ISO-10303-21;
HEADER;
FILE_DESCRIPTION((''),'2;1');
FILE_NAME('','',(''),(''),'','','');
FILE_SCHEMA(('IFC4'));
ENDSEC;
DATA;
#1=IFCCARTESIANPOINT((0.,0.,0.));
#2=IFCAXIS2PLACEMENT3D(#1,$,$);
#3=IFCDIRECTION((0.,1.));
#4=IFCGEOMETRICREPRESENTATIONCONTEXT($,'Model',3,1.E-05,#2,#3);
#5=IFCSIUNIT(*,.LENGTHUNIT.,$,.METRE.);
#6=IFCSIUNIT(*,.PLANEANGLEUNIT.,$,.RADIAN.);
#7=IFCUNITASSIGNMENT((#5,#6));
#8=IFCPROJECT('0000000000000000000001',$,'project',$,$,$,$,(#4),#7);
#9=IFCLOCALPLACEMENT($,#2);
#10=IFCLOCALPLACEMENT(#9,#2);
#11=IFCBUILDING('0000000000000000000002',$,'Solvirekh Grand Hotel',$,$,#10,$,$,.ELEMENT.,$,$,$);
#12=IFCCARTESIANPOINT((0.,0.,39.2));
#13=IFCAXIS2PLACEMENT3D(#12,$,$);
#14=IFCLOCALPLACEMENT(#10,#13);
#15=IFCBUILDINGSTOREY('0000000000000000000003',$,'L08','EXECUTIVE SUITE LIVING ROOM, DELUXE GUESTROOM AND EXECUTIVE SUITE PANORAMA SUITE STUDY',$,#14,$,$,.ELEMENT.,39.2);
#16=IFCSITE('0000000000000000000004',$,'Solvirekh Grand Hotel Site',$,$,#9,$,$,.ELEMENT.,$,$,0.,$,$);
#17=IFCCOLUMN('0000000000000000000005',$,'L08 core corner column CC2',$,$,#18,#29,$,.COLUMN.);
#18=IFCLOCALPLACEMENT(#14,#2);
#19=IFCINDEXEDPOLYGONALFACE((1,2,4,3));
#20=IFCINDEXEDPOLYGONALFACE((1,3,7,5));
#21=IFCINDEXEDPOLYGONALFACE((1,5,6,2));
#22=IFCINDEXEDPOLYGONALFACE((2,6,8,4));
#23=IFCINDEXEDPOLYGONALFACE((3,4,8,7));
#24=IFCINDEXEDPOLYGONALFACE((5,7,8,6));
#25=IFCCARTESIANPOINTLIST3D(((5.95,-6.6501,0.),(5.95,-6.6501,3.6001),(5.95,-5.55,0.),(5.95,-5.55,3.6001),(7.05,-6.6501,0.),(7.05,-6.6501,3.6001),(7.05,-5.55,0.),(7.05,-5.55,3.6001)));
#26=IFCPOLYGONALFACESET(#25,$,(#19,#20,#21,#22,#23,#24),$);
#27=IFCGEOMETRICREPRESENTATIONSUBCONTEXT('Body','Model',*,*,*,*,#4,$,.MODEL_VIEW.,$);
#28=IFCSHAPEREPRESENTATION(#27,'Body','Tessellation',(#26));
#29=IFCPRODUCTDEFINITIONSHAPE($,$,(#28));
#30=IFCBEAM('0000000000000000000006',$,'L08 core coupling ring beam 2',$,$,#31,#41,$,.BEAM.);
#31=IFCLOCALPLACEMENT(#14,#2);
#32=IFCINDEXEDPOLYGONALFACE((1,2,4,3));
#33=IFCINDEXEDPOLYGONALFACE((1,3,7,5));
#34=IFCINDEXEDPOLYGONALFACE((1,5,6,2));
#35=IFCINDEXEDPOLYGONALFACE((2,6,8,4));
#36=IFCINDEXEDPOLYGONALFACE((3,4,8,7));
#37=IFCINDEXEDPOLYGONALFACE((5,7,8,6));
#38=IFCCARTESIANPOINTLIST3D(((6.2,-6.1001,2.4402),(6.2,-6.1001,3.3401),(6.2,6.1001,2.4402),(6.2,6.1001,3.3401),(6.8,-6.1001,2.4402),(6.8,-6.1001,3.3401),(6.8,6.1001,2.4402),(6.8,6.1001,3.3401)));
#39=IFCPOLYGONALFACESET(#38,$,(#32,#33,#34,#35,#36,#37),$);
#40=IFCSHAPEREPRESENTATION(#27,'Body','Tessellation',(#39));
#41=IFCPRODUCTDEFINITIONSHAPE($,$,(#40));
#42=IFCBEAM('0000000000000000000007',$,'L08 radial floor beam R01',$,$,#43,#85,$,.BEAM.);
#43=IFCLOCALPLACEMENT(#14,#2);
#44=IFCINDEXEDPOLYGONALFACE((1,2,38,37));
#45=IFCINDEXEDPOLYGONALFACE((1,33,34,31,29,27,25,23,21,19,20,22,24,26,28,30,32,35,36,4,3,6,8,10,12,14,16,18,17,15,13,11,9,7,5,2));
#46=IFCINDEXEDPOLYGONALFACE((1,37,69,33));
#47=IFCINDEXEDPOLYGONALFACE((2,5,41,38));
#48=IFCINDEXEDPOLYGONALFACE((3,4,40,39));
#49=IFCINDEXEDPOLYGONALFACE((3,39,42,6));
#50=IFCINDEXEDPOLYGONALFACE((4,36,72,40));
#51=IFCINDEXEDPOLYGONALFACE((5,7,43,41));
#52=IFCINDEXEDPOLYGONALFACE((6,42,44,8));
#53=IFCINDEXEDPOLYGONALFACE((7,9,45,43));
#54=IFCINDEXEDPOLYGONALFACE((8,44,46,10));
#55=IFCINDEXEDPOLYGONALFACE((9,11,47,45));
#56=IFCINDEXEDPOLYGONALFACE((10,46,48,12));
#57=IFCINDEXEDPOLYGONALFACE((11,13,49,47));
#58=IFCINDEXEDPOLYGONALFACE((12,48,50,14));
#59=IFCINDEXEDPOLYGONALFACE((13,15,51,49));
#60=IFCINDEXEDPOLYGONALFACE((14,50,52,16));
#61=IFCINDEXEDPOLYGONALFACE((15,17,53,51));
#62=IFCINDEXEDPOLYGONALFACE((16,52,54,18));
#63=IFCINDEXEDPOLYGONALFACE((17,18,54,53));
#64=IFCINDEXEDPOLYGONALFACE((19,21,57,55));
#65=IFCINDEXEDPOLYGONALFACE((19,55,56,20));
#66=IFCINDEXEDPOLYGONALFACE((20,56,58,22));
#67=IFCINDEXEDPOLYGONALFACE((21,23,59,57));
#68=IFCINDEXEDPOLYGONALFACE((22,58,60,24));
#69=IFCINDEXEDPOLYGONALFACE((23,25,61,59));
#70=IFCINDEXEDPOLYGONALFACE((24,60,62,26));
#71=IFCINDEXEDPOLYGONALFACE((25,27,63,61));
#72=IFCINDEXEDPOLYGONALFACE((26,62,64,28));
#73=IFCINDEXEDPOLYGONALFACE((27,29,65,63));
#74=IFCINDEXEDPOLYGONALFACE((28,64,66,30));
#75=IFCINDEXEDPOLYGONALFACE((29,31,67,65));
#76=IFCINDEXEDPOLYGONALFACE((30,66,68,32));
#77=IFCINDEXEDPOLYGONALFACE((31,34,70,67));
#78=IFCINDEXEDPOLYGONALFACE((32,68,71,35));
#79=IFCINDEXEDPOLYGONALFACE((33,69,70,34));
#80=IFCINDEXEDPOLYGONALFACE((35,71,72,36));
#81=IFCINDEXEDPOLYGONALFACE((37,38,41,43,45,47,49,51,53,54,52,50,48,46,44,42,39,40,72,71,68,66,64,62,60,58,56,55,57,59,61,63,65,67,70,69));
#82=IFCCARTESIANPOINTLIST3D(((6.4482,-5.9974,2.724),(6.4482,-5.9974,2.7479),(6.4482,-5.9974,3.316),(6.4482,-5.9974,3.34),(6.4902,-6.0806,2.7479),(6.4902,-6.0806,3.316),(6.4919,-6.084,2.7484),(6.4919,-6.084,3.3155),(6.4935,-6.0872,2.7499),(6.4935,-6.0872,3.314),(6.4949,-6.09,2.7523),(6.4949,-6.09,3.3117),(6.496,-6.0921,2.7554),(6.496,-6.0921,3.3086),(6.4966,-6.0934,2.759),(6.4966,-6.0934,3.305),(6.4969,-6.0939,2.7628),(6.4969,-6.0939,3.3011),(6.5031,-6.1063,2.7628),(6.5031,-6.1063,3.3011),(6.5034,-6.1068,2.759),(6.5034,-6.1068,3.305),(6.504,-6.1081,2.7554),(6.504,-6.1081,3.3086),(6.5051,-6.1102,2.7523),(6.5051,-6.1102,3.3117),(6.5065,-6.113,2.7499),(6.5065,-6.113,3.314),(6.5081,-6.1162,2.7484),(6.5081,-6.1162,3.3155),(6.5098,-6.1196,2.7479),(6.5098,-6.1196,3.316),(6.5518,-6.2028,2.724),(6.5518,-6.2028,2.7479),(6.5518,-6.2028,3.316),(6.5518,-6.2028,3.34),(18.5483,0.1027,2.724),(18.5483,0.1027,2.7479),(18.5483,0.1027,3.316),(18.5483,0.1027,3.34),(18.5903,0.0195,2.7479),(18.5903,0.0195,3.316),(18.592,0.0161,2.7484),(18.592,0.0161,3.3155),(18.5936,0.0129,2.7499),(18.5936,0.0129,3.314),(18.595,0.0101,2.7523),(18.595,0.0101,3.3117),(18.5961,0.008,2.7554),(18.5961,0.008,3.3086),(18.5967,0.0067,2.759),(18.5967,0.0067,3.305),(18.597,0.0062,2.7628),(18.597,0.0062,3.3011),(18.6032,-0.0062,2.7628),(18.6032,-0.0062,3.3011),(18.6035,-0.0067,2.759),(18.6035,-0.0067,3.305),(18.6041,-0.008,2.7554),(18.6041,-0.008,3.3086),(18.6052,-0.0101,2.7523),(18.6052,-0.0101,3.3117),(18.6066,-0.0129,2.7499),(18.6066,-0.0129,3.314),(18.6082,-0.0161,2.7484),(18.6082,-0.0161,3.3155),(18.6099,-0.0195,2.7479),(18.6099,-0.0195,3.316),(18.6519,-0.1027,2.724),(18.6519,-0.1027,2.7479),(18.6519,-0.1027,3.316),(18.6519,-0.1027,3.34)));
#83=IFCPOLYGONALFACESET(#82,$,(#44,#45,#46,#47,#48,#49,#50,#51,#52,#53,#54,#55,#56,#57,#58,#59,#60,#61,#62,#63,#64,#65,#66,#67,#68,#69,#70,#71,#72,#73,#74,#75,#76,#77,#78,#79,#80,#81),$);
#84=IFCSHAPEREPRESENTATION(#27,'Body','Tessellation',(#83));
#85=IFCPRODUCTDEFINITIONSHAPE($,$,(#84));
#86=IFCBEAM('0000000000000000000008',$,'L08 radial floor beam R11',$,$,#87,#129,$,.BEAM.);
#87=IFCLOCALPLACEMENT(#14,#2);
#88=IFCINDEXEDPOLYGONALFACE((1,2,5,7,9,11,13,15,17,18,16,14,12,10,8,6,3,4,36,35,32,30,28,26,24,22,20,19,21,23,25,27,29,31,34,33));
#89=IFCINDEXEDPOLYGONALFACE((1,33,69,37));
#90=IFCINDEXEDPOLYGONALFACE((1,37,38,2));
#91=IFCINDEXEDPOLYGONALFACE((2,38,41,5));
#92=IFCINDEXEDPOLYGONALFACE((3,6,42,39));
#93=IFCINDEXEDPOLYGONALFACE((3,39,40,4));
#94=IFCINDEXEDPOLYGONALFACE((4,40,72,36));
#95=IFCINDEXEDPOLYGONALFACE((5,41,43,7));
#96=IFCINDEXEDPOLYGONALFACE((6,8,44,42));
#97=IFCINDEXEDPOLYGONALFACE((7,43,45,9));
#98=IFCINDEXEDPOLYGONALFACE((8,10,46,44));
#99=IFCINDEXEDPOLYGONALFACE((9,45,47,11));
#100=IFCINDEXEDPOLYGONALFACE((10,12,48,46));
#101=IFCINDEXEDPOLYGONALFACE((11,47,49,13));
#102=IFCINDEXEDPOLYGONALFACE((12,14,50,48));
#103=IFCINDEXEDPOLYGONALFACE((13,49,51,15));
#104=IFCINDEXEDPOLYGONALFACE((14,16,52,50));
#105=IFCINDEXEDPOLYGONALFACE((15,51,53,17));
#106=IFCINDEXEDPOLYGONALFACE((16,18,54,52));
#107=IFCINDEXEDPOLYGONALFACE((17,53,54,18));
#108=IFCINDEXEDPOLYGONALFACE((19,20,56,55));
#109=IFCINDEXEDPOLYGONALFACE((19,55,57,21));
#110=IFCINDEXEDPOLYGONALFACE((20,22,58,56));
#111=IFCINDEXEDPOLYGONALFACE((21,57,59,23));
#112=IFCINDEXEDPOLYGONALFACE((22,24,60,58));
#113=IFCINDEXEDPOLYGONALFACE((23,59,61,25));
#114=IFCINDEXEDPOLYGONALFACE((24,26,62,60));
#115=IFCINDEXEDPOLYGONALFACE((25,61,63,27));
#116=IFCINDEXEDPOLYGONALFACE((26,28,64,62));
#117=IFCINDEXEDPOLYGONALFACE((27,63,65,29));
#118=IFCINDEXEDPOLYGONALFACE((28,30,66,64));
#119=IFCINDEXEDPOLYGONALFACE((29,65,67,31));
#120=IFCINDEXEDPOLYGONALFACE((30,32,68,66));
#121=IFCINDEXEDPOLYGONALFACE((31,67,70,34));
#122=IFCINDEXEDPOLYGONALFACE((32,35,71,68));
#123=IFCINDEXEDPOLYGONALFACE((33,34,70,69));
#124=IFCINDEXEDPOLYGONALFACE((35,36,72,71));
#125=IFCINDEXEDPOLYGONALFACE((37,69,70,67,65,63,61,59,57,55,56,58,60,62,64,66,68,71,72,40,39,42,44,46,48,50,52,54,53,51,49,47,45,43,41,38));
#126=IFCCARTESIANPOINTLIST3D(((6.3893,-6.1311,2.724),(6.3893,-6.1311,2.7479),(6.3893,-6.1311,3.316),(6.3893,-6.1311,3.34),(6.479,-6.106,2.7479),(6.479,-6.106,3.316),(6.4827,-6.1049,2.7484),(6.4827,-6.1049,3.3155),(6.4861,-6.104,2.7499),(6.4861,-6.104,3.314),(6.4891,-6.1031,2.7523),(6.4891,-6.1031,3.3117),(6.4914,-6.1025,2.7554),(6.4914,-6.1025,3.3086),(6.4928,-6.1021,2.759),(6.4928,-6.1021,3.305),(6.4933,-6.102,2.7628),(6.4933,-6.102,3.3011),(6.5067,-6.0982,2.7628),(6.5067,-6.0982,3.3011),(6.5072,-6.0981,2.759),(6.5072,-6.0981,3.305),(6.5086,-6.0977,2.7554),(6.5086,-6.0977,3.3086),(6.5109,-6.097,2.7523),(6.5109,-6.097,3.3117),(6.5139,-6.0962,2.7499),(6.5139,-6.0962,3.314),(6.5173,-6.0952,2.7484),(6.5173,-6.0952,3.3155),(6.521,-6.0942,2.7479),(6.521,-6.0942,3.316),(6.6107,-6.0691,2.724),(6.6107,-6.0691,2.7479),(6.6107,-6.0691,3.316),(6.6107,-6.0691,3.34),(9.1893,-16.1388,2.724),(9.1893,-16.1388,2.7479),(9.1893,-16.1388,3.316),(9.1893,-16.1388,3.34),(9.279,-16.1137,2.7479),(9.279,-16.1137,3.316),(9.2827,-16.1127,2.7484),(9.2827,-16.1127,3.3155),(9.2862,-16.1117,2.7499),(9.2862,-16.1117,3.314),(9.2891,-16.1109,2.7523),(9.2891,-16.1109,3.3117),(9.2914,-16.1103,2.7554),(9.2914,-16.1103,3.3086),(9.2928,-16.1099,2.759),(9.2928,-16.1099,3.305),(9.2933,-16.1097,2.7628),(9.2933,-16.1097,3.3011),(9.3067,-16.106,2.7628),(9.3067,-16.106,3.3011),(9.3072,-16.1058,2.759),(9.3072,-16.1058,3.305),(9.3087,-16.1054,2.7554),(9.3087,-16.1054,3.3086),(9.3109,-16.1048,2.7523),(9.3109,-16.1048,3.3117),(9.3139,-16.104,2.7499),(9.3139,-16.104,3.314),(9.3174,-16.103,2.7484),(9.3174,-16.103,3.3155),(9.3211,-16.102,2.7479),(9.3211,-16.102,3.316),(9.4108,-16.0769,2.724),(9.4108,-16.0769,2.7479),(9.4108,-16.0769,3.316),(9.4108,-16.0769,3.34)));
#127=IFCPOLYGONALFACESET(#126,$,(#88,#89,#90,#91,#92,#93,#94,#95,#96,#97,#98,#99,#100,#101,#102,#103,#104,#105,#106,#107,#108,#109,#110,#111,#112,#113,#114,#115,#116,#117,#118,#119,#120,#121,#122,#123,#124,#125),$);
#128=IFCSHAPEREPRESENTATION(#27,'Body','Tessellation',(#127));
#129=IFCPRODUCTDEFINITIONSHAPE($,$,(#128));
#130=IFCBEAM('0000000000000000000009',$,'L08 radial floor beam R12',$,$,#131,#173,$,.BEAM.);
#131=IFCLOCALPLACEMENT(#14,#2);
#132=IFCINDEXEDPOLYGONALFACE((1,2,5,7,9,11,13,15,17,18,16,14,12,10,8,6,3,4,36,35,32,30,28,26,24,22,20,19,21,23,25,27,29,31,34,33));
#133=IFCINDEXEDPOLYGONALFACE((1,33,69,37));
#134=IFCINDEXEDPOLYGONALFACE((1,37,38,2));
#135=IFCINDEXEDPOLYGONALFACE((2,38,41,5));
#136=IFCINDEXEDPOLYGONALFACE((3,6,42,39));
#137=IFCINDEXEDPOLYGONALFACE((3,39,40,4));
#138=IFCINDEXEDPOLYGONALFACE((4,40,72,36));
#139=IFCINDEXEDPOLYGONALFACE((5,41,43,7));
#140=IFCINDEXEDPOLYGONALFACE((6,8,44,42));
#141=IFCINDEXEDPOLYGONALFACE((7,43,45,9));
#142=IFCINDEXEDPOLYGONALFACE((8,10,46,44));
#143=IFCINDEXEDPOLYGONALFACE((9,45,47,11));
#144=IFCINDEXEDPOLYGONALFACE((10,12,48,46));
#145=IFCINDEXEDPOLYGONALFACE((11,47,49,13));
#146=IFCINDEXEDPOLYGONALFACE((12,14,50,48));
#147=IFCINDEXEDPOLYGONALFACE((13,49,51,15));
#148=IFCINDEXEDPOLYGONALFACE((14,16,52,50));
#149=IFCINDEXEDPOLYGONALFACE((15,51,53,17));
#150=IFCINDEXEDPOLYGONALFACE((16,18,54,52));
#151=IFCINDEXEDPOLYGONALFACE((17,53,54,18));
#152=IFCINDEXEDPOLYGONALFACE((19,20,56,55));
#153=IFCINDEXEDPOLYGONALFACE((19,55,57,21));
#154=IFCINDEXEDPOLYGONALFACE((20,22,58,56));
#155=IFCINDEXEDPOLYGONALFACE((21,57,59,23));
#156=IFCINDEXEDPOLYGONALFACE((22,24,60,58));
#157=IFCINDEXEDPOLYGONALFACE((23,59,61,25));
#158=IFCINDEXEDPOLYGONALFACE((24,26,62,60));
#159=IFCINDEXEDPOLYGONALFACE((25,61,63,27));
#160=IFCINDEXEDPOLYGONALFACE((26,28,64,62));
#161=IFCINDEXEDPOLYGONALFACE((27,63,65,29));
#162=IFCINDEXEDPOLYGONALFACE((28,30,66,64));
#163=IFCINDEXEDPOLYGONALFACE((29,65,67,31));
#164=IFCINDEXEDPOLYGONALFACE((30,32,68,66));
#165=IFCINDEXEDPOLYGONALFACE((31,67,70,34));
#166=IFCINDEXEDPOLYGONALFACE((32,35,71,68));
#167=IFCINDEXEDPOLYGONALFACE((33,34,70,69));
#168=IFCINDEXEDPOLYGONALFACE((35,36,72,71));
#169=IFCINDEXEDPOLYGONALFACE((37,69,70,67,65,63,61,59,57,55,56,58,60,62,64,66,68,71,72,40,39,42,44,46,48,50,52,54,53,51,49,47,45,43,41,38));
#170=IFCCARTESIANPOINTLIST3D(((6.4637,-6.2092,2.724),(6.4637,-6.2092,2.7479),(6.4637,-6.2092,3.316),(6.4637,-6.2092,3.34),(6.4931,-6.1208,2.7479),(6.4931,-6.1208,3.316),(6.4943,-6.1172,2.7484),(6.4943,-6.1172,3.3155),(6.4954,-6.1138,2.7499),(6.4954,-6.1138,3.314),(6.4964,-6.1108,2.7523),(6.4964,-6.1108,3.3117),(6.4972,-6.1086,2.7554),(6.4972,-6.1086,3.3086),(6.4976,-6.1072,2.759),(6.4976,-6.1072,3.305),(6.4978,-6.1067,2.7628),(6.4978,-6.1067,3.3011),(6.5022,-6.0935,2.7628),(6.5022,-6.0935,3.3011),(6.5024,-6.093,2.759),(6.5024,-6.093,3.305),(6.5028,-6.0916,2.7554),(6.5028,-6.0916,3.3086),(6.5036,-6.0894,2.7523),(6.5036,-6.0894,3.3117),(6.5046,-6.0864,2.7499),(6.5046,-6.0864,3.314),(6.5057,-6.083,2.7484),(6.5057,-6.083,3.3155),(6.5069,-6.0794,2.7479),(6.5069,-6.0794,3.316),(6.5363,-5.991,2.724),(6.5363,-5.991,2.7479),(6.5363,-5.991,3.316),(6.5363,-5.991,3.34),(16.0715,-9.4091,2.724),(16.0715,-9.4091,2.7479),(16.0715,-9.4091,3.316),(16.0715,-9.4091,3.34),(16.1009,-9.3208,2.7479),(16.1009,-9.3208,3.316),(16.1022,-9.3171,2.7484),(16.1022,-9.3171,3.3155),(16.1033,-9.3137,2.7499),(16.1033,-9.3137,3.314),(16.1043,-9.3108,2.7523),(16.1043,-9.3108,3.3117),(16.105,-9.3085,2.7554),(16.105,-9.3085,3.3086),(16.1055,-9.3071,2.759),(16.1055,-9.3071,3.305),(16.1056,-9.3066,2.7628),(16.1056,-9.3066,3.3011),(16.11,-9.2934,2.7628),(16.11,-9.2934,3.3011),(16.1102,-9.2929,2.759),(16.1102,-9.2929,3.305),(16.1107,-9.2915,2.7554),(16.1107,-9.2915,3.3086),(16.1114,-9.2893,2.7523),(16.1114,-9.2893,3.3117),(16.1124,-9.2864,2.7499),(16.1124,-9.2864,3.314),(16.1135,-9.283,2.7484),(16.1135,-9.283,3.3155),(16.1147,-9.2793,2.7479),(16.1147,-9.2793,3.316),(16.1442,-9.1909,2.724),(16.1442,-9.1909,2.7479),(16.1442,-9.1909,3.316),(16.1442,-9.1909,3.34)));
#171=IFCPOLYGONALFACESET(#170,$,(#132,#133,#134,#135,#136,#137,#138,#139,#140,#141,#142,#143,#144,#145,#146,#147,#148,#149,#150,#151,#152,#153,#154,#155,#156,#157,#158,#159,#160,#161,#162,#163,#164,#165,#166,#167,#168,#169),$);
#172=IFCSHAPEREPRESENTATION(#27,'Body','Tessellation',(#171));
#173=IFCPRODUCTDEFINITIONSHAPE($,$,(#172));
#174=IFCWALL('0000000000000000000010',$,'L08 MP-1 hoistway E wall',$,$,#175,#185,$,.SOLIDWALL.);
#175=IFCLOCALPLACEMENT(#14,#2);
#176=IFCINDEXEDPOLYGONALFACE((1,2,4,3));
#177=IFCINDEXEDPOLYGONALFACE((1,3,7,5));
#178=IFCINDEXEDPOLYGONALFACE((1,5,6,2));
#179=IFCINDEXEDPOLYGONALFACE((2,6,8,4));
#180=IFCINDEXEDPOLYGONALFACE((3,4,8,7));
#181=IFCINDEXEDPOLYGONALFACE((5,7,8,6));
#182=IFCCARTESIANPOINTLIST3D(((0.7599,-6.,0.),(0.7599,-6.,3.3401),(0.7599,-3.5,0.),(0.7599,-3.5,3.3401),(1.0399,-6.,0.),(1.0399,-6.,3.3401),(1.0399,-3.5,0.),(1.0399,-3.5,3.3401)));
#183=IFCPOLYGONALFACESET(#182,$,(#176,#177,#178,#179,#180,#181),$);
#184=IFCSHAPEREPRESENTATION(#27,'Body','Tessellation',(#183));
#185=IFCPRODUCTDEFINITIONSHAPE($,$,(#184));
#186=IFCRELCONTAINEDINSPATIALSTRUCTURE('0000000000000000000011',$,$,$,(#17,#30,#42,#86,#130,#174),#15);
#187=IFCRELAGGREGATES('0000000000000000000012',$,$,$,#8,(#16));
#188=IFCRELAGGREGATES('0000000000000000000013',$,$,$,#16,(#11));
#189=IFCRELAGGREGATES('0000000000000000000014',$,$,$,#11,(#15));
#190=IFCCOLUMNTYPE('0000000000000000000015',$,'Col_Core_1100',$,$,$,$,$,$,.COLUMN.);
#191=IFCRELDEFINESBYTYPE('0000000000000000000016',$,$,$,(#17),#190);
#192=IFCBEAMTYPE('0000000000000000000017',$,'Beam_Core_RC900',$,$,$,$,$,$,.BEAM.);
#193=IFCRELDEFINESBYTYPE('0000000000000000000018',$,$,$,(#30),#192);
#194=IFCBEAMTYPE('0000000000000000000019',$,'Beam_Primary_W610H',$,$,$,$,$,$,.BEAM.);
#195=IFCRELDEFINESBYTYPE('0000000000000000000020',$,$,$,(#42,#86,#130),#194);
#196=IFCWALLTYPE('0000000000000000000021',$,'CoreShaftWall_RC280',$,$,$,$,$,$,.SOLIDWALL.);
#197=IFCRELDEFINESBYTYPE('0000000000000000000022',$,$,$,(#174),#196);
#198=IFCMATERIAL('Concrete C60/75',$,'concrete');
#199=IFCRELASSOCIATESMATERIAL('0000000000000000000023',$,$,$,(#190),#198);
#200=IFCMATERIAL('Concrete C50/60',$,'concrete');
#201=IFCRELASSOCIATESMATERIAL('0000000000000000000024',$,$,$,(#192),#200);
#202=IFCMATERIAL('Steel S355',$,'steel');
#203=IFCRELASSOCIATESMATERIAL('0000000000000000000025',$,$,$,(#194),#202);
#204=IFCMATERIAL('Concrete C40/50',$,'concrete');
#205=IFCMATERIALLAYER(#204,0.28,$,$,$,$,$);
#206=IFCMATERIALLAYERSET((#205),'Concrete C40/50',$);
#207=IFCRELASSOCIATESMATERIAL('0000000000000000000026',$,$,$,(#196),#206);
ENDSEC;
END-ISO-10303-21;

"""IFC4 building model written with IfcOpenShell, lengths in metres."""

from ifc_helpers import new_model, si_unit, direction, frame, frame_2d, origin, origin_2d, place, context, subcontext, project, spatial, rectangle, i_section, extrude, material, layer, layer_set, material_profile, profile_set, type_object, element, save


model = new_model("IFC4")

# Units and contexts
model_context = context("Model", 3, precision=1e-05, world=origin(), true_north=direction((0.0, 1.0)))
body_context = subcontext(model_context, "Body", "Model", "MODEL_VIEW")
ifc_project = project(units=[si_unit("LENGTHUNIT", "METRE"), si_unit("PLANEANGLEUNIT", "RADIAN")], contexts=[model_context])

# Site, building, storey
site_placement = place(None, origin())
site = spatial("IfcSite", under=ifc_project, at=site_placement, Name="Solvirekh Grand Hotel Site", CompositionType="ELEMENT", RefElevation=0.0)
building_placement = place(site_placement, origin())
building = spatial("IfcBuilding", under=site, at=building_placement, Name="Solvirekh Grand Hotel", CompositionType="ELEMENT")
storey_placement = place(building_placement, frame((0.0, 0.0, 39.2)))
storey = spatial("IfcBuildingStorey", under=building, at=storey_placement, Name="L08", Description="EXECUTIVE SUITE LIVING ROOM, DELUXE GUESTROOM AND EXECUTIVE SUITE PANORAMA SUITE STUDY", CompositionType="ELEMENT", Elevation=39.2)

# Column
ifc_material_1 = material(Name="Concrete C60/75", Category="concrete")
ifc_material_profile_1 = material_profile(ifc_material_1, rectangle(XDim=1.1001, YDim=1.1001, at=origin_2d()), Name="RC 1100X1100")
ifc_profile_set_1 = profile_set([ifc_material_profile_1], Name="Concrete C60/75")
column_type = type_object("IfcColumnType", Name="Col_Core_1100", PredefinedType="COLUMN", material=ifc_profile_set_1)
column_placement = place(storey_placement, frame((6.5, -6.1001, 0.0), z_axis=(0.0, 0.0, 1.0), x_axis=(1.0, 0.0, 0.0)))
element("IfcColumn", 1, at=column_placement, inside=storey, type_object=column_type, Name="L08 core corner column CC2", PredefinedType="COLUMN", context=body_context, shape_type="SweptSolid", body=[
    extrude(rectangle(XDim=1.1001, YDim=1.1001, at=origin_2d()), origin(), (0.0, 0.0, 1.0), 3.6001),
])

# Beams
ifc_material_2 = material(Name="Concrete C50/60", Category="concrete")
ifc_material_profile_2 = material_profile(ifc_material_2, rectangle(XDim=0.6001, YDim=0.8999, at=origin_2d()), Name="RC BEAM 600X900")
ifc_profile_set_2 = profile_set([ifc_material_profile_2], Name="Concrete C50/60")
beam_type_1 = type_object("IfcBeamType", Name="Beam_Core_RC900", PredefinedType="BEAM", material=ifc_profile_set_2)
beam_1_placement = place(storey_placement, frame((6.5, -6.1001, 2.8901), z_axis=(0.0, 1.0, 0.0), x_axis=(-1.0, 0.0, 0.0)))
element("IfcBeam", 2, at=beam_1_placement, inside=storey, type_object=beam_type_1, Name="L08 core coupling ring beam 2", PredefinedType="BEAM", context=body_context, shape_type="SweptSolid", body=[
    extrude(rectangle(XDim=0.6001, YDim=0.8999, at=origin_2d()), origin(), (0.0, 0.0, 1.0), 12.2002),
])
ifc_material_3 = material(Name="Steel S355", Category="steel")
ifc_material_profile_3 = material_profile(ifc_material_3, i_section(OverallWidth=0.23, OverallDepth=0.616, WebThickness=0.0139, FlangeThickness=0.0239, FilletRadius=0.0149, at=origin_2d()), Name="W610X174")
ifc_profile_set_3 = profile_set([ifc_material_profile_3], Name="Steel S355")
beam_type_2 = type_object("IfcBeamType", Name="Beam_Primary_W610H", PredefinedType="BEAM", material=ifc_profile_set_3)
beam_2_placement = place(storey_placement, frame((6.5, -6.1001, 3.032), z_axis=(0.892945, 0.450166, 0.0), x_axis=(-0.450166, 0.892945, 0.0)))
element("IfcBeam", 3, at=beam_2_placement, inside=storey, type_object=beam_type_2, Name="L08 radial floor beam R01", PredefinedType="BEAM", context=body_context, shape_type="SweptSolid", body=[
    extrude(i_section(OverallWidth=0.23, OverallDepth=0.616, WebThickness=0.0139, FlangeThickness=0.0239, FilletRadius=0.0149, at=origin_2d()), origin(), (0.0, 0.0, 1.0), 13.5508),
])
beam_3_placement = place(storey_placement, frame((6.5, -6.1001, 3.032), z_axis=(0.269439, -0.963017, 0.0), x_axis=(0.963017, 0.269439, 0.0)))
element("IfcBeam", 4, at=beam_3_placement, inside=storey, type_object=beam_type_2, Name="L08 radial floor beam R11", PredefinedType="BEAM", context=body_context, shape_type="SweptSolid", body=[
    extrude(i_section(OverallWidth=0.23, OverallDepth=0.616, WebThickness=0.0139, FlangeThickness=0.0239, FilletRadius=0.0149, at=origin_2d()), origin(), (0.0, 0.0, 1.0), 10.3921),
])
beam_4_placement = place(storey_placement, frame((6.5, -6.1001, 3.032), z_axis=(0.948763, -0.315989, 0.0), x_axis=(0.315989, 0.948763, 0.0)))
element("IfcBeam", 5, at=beam_4_placement, inside=storey, type_object=beam_type_2, Name="L08 radial floor beam R12", PredefinedType="BEAM", context=body_context, shape_type="SweptSolid", body=[
    extrude(i_section(OverallWidth=0.23, OverallDepth=0.616, WebThickness=0.0139, FlangeThickness=0.0239, FilletRadius=0.0149, at=origin_2d()), origin(), (0.0, 0.0, 1.0), 10.1267),
])

# Wall
ifc_material_4 = material(Name="Concrete C40/50", Category="concrete")
ifc_layer_1 = layer(ifc_material_4, 0.28)
ifc_layer_set_1 = layer_set([ifc_layer_1], Name="Concrete C40/50")
wall_type_1 = type_object("IfcWallType", Name="CoreShaftWall_RC280", PredefinedType="SOLIDWALL", material=ifc_layer_set_1)
wall_1_placement = place(storey_placement, frame((0.8999, -6.0, 0.0), z_axis=(0.0, 0.0, 1.0), x_axis=(0.0, 1.0, 0.0)))
element("IfcWall", 6, at=wall_1_placement, inside=storey, type_object=wall_type_1, Name="L08 MP-1 hoistway E wall", PredefinedType="SOLIDWALL", context=body_context, shape_type="SweptSolid", body=[
    extrude(rectangle(XDim=2.5, YDim=0.28, at=frame_2d((1.25, 0.0))), origin(), (0.0, 0.0, 1.0), 3.3401),
])

save(model, "model.ifc")
